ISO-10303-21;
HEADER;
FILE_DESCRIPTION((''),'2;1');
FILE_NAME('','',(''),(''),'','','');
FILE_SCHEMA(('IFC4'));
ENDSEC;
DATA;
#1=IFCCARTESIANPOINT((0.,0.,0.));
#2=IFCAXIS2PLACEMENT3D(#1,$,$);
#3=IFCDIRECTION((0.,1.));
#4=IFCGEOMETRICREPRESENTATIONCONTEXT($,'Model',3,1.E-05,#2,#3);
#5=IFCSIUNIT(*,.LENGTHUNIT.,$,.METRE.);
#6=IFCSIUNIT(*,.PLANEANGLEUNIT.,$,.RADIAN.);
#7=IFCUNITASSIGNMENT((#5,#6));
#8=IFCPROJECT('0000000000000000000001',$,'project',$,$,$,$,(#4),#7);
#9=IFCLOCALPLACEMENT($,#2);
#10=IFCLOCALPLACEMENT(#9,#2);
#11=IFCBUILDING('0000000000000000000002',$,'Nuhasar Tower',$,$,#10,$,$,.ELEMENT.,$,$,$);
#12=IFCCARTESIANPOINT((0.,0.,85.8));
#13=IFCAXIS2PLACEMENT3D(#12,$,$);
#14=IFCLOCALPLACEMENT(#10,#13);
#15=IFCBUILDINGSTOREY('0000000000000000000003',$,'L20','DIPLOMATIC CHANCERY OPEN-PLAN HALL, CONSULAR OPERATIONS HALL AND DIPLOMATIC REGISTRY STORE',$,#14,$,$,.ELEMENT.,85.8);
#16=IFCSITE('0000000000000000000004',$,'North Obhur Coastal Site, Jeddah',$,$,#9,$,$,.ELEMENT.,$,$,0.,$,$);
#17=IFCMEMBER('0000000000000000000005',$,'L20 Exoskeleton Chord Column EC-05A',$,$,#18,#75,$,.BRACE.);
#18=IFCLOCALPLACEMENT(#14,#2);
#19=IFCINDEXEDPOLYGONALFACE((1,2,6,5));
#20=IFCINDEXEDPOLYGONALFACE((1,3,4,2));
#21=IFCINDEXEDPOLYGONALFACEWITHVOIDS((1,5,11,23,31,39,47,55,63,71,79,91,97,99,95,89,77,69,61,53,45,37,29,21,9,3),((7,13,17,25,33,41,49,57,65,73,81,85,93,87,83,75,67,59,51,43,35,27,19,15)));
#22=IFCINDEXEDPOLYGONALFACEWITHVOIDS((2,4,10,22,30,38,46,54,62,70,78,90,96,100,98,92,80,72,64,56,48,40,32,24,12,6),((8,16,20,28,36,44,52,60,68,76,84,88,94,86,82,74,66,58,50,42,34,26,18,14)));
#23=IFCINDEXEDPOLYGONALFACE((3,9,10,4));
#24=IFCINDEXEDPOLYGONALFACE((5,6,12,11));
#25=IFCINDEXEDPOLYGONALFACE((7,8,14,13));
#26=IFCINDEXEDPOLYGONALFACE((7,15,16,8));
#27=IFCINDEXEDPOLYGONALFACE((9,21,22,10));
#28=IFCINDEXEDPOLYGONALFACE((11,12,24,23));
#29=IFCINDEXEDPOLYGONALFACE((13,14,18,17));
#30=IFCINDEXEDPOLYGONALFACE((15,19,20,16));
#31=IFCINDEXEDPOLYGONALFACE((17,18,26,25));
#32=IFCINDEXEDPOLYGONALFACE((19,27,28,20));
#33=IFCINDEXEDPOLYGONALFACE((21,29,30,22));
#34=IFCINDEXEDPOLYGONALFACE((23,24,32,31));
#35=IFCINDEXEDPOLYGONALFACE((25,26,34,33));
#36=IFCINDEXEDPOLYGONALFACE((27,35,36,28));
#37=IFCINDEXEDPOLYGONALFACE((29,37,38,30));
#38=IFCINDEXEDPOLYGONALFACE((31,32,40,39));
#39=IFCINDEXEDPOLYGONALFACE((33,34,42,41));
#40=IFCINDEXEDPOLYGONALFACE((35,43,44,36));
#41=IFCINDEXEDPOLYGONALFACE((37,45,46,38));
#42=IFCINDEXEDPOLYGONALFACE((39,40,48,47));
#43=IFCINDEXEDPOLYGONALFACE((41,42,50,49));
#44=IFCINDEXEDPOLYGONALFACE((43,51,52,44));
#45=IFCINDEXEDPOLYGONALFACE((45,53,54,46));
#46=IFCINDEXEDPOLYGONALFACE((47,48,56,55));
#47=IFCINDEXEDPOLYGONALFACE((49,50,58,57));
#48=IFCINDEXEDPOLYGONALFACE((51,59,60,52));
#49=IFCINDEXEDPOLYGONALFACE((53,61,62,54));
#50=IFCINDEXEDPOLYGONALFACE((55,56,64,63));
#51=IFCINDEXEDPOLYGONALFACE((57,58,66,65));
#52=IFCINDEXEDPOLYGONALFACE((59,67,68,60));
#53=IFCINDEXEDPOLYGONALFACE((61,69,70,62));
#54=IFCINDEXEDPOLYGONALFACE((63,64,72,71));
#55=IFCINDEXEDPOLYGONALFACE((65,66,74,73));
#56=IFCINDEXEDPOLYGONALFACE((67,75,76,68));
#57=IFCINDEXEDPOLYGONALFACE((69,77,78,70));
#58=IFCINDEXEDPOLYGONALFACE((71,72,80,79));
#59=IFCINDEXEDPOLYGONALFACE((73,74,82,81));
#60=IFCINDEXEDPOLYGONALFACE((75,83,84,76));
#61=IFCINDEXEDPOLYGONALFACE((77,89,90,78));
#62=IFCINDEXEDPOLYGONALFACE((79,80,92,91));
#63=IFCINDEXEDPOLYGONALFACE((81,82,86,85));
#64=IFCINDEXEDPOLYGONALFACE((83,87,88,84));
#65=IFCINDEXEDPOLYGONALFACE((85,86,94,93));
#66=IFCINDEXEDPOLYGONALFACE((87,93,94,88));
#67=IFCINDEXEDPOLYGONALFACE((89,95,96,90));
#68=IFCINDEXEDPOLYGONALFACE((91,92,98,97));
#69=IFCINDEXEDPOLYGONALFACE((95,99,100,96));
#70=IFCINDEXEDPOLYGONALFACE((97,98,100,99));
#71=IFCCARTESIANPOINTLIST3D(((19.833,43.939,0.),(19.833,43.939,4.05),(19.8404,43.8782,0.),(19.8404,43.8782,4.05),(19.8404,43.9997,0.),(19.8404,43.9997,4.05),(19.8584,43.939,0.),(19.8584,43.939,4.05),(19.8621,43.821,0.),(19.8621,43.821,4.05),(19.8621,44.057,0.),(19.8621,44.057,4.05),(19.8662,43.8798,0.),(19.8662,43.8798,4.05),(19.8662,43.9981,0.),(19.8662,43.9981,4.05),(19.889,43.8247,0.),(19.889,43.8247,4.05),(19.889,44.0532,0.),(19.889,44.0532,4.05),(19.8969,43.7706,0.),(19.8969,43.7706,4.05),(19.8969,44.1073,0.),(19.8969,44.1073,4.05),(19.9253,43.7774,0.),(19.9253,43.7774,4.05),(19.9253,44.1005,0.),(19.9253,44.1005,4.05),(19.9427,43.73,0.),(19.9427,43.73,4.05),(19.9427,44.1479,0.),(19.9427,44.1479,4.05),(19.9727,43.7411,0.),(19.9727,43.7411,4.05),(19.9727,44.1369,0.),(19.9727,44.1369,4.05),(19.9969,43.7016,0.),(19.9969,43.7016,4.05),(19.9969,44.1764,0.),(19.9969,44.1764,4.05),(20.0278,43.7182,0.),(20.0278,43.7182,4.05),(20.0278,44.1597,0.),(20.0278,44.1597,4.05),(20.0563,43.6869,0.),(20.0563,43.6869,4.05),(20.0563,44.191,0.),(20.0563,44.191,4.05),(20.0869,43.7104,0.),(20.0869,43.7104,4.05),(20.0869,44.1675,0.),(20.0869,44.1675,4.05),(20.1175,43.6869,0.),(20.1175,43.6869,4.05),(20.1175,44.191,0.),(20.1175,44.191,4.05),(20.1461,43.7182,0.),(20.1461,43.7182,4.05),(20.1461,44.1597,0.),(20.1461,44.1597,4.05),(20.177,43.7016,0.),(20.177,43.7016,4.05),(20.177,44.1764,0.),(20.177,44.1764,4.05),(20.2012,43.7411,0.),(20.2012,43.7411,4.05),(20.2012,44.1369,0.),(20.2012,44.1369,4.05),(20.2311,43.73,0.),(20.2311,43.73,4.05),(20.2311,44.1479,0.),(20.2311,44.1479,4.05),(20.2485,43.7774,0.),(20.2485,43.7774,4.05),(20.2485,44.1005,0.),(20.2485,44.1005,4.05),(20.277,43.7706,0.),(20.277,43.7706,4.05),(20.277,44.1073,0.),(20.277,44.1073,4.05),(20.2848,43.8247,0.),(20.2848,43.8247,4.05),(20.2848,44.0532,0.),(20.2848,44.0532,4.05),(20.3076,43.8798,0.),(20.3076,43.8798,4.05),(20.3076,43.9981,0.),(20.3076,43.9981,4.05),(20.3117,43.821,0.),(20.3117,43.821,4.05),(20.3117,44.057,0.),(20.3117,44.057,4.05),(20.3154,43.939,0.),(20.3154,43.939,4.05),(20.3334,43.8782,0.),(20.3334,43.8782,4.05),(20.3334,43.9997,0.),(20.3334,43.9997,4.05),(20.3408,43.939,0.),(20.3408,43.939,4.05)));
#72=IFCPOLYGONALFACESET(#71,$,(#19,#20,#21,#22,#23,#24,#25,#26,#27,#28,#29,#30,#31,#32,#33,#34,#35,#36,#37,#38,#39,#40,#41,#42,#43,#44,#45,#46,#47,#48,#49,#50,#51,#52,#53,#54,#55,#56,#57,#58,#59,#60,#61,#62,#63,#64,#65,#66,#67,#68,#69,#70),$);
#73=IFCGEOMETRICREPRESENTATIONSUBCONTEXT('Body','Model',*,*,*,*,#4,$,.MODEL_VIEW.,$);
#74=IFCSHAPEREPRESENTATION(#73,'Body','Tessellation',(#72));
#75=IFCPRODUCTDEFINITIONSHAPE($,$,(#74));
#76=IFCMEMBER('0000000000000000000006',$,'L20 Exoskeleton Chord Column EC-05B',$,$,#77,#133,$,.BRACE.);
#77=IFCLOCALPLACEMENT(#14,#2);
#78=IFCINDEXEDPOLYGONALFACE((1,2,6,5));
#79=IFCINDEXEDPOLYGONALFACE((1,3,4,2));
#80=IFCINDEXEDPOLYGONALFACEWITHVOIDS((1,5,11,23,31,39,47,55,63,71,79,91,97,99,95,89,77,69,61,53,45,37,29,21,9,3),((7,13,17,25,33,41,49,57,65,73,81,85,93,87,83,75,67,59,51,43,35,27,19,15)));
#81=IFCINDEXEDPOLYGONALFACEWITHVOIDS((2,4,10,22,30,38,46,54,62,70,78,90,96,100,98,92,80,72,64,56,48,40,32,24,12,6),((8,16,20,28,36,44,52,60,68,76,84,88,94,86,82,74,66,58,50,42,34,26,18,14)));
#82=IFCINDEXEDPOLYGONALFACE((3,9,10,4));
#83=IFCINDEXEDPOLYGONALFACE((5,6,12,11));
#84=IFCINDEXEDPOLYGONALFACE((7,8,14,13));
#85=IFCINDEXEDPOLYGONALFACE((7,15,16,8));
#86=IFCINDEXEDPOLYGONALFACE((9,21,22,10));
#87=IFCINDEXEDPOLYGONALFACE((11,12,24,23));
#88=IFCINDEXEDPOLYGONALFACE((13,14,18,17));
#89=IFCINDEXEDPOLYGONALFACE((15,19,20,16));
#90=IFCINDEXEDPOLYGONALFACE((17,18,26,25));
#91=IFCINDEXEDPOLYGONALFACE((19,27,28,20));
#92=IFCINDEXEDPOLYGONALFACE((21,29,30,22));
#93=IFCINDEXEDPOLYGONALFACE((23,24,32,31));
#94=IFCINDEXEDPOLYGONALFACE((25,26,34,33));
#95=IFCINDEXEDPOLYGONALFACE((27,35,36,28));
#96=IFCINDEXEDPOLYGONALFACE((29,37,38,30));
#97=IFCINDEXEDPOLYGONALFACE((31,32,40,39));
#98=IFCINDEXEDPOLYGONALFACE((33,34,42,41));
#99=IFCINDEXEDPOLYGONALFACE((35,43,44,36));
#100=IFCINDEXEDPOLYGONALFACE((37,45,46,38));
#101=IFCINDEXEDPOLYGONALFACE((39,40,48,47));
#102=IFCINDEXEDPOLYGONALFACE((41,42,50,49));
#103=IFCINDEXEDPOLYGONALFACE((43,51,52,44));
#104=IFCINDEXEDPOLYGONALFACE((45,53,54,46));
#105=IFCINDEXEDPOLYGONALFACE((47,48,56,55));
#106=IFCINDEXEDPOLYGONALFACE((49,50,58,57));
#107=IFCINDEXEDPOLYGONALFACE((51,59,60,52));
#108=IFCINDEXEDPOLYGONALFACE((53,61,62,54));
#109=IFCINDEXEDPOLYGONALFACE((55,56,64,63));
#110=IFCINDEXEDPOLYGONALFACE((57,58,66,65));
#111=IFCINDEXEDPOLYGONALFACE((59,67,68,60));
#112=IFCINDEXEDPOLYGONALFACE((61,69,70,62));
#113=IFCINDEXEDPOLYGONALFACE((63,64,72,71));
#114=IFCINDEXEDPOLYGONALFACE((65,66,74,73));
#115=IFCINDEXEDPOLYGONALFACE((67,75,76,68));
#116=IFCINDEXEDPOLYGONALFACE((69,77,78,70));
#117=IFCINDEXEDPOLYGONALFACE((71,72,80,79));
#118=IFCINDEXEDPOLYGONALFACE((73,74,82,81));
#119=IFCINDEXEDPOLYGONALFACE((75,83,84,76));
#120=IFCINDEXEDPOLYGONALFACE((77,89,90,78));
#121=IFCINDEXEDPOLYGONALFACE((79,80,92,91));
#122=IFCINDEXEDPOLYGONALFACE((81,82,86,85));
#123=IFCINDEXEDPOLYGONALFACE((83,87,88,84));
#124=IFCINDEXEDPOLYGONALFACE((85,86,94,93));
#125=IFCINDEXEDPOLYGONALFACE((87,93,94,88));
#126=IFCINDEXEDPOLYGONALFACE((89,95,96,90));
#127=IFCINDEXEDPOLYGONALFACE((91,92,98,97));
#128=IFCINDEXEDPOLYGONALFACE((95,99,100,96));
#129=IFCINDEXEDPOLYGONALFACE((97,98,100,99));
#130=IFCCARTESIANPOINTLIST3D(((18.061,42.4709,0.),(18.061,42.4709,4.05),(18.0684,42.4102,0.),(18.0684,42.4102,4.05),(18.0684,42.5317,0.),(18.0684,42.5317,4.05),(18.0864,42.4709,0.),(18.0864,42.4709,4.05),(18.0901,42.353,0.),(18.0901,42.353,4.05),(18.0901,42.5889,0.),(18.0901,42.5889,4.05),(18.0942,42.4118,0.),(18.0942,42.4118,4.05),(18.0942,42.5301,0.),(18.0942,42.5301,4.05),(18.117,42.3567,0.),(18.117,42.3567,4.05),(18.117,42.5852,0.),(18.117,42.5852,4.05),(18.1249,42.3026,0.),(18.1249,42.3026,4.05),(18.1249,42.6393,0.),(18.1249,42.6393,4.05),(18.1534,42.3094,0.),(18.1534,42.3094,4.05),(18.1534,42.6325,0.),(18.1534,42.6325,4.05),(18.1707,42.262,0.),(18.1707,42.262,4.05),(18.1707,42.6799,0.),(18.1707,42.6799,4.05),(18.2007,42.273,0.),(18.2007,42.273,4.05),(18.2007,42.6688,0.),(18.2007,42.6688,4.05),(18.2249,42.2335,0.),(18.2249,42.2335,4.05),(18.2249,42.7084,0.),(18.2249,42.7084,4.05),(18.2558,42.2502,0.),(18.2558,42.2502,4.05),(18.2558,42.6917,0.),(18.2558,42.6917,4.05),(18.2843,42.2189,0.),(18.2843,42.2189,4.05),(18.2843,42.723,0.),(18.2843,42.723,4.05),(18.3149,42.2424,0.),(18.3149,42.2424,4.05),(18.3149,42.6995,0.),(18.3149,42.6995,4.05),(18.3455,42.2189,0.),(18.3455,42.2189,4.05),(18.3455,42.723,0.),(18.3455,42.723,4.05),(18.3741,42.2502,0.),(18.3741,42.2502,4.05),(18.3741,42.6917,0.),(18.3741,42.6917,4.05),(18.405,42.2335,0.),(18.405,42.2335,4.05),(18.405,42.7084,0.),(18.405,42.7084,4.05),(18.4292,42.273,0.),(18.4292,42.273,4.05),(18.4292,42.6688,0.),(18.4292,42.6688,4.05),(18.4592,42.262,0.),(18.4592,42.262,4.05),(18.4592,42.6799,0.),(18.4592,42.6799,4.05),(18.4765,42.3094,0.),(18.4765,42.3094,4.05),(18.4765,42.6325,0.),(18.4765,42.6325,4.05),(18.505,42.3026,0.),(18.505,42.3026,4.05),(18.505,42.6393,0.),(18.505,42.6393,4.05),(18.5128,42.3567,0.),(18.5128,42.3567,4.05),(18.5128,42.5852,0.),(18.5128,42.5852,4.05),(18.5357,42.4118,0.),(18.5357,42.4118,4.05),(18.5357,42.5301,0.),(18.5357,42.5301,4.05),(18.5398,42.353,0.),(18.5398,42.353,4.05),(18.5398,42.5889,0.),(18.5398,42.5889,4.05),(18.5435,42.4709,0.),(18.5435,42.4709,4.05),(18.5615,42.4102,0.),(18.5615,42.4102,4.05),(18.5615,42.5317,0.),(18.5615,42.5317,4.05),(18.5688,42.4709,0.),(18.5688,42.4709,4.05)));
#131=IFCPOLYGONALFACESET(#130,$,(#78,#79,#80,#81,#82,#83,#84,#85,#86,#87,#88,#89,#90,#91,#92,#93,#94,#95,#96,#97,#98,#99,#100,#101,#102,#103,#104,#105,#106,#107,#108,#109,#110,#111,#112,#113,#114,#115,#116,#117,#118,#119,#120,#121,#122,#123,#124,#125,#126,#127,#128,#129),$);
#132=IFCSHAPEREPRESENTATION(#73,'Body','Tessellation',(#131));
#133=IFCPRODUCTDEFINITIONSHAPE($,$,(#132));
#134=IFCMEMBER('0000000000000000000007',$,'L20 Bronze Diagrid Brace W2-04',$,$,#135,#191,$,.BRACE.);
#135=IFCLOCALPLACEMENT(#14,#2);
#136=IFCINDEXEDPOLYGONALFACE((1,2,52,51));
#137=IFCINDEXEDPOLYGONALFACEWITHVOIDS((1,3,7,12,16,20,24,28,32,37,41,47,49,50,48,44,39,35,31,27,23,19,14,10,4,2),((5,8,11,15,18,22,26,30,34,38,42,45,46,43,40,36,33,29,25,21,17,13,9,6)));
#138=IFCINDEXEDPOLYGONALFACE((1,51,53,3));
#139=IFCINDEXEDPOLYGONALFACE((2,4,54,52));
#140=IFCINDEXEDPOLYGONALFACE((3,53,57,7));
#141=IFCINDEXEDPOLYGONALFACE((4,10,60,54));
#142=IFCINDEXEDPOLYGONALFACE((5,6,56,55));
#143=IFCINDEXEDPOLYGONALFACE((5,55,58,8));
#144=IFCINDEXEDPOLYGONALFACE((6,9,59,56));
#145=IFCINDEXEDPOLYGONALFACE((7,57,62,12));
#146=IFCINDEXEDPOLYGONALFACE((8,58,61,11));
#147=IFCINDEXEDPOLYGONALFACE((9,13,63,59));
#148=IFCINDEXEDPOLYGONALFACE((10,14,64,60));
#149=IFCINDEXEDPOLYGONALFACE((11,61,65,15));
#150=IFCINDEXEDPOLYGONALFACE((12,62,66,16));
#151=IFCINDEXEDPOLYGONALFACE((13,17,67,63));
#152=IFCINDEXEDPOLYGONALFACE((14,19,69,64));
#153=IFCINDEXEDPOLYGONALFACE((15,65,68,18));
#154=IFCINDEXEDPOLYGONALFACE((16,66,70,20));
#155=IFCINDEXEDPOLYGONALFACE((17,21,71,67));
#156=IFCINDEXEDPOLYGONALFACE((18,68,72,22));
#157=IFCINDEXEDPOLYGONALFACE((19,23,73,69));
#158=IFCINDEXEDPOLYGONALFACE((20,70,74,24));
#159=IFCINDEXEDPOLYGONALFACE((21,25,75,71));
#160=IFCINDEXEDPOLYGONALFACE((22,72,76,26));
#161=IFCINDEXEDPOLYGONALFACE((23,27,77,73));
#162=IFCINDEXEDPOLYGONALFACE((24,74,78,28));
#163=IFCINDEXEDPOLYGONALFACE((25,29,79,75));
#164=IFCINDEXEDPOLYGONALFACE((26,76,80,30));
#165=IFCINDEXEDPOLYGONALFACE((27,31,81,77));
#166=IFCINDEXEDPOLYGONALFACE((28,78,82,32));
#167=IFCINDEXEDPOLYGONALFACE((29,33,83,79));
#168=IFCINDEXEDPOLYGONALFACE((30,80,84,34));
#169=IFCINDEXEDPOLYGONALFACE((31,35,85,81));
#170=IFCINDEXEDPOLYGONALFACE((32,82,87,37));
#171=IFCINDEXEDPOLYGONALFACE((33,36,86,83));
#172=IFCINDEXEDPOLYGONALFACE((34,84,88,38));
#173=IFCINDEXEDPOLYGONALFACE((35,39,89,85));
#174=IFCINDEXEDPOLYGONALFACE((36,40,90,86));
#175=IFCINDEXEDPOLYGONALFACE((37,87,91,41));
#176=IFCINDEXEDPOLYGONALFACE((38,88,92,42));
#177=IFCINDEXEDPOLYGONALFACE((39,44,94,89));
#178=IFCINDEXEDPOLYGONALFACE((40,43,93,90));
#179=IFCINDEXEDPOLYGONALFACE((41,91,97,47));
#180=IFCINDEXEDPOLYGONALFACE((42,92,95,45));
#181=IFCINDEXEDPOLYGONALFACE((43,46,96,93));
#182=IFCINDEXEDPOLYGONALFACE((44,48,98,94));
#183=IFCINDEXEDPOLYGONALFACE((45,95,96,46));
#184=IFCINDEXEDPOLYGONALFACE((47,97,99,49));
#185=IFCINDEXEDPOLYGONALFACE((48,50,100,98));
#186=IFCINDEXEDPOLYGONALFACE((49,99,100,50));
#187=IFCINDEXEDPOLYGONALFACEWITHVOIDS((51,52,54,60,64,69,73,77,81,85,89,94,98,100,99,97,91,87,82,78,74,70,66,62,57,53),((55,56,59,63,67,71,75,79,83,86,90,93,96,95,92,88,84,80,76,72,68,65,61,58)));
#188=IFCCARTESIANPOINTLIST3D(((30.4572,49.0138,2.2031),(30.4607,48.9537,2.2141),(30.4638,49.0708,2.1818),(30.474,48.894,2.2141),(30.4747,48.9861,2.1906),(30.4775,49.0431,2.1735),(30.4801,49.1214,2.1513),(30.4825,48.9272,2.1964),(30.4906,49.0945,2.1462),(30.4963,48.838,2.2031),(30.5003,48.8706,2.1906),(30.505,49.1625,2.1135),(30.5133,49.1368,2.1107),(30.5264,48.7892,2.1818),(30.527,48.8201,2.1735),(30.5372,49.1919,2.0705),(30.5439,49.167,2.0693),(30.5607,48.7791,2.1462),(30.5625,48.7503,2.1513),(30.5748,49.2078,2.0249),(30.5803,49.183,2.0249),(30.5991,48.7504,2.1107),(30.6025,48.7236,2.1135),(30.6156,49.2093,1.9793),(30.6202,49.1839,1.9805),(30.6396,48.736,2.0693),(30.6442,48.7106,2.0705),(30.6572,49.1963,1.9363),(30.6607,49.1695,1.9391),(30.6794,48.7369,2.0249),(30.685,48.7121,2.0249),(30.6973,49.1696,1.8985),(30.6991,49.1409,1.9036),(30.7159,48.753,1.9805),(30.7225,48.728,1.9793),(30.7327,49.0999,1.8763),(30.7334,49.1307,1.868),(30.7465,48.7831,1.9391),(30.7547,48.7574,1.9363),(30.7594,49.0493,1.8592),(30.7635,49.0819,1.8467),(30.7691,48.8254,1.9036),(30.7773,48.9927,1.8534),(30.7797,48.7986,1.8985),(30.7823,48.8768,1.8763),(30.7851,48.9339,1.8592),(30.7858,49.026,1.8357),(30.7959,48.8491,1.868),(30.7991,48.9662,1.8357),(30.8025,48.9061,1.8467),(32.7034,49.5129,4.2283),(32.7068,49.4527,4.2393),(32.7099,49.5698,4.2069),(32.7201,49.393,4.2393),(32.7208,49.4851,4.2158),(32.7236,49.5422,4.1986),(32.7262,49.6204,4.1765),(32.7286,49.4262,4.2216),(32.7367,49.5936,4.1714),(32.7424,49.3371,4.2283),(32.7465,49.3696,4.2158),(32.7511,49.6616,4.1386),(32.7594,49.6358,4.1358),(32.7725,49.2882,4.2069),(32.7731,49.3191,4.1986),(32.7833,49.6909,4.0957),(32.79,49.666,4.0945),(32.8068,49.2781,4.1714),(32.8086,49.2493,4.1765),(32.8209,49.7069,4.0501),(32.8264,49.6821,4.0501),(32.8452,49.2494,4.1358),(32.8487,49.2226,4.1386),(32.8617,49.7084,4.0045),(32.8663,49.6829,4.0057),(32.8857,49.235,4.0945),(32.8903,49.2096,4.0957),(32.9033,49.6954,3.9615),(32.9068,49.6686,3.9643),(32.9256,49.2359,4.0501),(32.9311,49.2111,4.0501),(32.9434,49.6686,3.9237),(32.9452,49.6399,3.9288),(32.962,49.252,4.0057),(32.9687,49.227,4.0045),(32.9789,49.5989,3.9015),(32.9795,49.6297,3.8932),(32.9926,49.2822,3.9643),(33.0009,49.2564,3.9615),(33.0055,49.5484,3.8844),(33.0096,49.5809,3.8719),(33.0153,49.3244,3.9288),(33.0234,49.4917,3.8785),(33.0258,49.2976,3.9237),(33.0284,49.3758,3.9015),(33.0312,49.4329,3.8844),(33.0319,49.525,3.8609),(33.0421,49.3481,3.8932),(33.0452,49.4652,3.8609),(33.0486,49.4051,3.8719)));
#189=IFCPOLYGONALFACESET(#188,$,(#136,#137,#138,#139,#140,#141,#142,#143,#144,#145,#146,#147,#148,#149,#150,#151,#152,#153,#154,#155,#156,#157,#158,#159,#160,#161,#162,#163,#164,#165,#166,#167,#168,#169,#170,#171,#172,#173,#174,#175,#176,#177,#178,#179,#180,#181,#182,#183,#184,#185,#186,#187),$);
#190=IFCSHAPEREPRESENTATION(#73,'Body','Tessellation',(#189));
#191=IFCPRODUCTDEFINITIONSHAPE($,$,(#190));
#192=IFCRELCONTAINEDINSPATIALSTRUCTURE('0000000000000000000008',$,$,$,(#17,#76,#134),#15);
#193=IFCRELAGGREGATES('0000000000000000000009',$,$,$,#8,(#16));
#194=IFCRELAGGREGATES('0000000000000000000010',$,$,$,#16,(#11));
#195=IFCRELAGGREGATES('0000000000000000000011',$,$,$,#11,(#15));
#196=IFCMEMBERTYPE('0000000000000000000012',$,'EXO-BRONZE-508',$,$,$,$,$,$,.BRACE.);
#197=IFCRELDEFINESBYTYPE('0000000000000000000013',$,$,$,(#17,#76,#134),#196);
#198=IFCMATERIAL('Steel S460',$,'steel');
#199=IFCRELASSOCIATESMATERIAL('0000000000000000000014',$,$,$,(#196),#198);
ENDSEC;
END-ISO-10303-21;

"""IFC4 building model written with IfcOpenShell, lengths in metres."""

from ifc_helpers import new_model, si_unit, direction, frame, origin, origin_2d, place, context, subcontext, project, spatial, hollow_circle, extrude, material, material_profile, profile_set, type_object, element, save


model = new_model("IFC4")

# Units and contexts
model_context = context("Model", 3, precision=1e-05, world=origin(), true_north=direction((0.0, 1.0)))
body_context = subcontext(model_context, "Body", "Model", "MODEL_VIEW")
ifc_project = project(units=[si_unit("LENGTHUNIT", "METRE"), si_unit("PLANEANGLEUNIT", "RADIAN")], contexts=[model_context])

# Site, building, storey
site_placement = place(None, origin())
site = spatial("IfcSite", under=ifc_project, at=site_placement, Name="North Obhur Coastal Site, Jeddah", CompositionType="ELEMENT", RefElevation=0.0)
building_placement = place(site_placement, origin())
building = spatial("IfcBuilding", under=site, at=building_placement, Name="Nuhasar Tower", CompositionType="ELEMENT")
storey_placement = place(building_placement, frame((0.0, 0.0, 85.8)))
storey = spatial("IfcBuildingStorey", under=building, at=storey_placement, Name="L20", Description="DIPLOMATIC CHANCERY OPEN-PLAN HALL, CONSULAR OPERATIONS HALL AND DIPLOMATIC REGISTRY STORE", CompositionType="ELEMENT", Elevation=85.8)

# Members
ifc_material_1 = material(Name="Steel S460", Category="steel")
ifc_material_profile_1 = material_profile(ifc_material_1, hollow_circle(Radius=0.2539, WallThickness=0.0254, at=origin_2d()), Name="HSS508X25.4")
ifc_profile_set_1 = profile_set([ifc_material_profile_1], Name="Steel S460")
member_type_1 = type_object("IfcMemberType", Name="EXO-BRONZE-508", PredefinedType="BRACE", material=ifc_profile_set_1)
for number, where, z_axis, x_axis, name in (
    (1, (20.0869, 43.939, 0.0), (0.0, 0.0, 1.0), (1.0, 0.0, 0.0), "L20 Exoskeleton Chord Column EC-05A"),
    (2, (18.3149, 42.4709, 0.0), (0.0, 0.0, 1.0), (1.0, 0.0, 0.0), "L20 Exoskeleton Chord Column EC-05B"),
):
    element("IfcMember", number, at=place(storey_placement, frame(where, z_axis=z_axis, x_axis=x_axis)), inside=storey, type_object=member_type_1, Name=name, PredefinedType="BRACE", context=body_context, shape_type="SweptSolid", body=[
        extrude(hollow_circle(Radius=0.2539, WallThickness=0.0254, at=origin_2d()), origin(), (0.0, 0.0, 1.0), 4.05),
    ])
for number, where, z_axis, x_axis, name in (
    (3, (30.6299, 48.96, 2.0249), (0.732783, 0.162805, 0.660699), (-0.216886, 0.976197, 0.0), "L20 Bronze Diagrid Brace W2-04"),
):
    element("IfcMember", number, at=place(storey_placement, frame(where, z_axis=z_axis, x_axis=x_axis)), inside=storey, type_object=member_type_1, Name=name, PredefinedType="BRACE", context=body_context, shape_type="SweptSolid", body=[
        extrude(hollow_circle(Radius=0.2539, WallThickness=0.0254, at=origin_2d()), origin(), (0.0, 0.0, 1.0), 3.0652),
    ])

save(model, "model.ifc")
